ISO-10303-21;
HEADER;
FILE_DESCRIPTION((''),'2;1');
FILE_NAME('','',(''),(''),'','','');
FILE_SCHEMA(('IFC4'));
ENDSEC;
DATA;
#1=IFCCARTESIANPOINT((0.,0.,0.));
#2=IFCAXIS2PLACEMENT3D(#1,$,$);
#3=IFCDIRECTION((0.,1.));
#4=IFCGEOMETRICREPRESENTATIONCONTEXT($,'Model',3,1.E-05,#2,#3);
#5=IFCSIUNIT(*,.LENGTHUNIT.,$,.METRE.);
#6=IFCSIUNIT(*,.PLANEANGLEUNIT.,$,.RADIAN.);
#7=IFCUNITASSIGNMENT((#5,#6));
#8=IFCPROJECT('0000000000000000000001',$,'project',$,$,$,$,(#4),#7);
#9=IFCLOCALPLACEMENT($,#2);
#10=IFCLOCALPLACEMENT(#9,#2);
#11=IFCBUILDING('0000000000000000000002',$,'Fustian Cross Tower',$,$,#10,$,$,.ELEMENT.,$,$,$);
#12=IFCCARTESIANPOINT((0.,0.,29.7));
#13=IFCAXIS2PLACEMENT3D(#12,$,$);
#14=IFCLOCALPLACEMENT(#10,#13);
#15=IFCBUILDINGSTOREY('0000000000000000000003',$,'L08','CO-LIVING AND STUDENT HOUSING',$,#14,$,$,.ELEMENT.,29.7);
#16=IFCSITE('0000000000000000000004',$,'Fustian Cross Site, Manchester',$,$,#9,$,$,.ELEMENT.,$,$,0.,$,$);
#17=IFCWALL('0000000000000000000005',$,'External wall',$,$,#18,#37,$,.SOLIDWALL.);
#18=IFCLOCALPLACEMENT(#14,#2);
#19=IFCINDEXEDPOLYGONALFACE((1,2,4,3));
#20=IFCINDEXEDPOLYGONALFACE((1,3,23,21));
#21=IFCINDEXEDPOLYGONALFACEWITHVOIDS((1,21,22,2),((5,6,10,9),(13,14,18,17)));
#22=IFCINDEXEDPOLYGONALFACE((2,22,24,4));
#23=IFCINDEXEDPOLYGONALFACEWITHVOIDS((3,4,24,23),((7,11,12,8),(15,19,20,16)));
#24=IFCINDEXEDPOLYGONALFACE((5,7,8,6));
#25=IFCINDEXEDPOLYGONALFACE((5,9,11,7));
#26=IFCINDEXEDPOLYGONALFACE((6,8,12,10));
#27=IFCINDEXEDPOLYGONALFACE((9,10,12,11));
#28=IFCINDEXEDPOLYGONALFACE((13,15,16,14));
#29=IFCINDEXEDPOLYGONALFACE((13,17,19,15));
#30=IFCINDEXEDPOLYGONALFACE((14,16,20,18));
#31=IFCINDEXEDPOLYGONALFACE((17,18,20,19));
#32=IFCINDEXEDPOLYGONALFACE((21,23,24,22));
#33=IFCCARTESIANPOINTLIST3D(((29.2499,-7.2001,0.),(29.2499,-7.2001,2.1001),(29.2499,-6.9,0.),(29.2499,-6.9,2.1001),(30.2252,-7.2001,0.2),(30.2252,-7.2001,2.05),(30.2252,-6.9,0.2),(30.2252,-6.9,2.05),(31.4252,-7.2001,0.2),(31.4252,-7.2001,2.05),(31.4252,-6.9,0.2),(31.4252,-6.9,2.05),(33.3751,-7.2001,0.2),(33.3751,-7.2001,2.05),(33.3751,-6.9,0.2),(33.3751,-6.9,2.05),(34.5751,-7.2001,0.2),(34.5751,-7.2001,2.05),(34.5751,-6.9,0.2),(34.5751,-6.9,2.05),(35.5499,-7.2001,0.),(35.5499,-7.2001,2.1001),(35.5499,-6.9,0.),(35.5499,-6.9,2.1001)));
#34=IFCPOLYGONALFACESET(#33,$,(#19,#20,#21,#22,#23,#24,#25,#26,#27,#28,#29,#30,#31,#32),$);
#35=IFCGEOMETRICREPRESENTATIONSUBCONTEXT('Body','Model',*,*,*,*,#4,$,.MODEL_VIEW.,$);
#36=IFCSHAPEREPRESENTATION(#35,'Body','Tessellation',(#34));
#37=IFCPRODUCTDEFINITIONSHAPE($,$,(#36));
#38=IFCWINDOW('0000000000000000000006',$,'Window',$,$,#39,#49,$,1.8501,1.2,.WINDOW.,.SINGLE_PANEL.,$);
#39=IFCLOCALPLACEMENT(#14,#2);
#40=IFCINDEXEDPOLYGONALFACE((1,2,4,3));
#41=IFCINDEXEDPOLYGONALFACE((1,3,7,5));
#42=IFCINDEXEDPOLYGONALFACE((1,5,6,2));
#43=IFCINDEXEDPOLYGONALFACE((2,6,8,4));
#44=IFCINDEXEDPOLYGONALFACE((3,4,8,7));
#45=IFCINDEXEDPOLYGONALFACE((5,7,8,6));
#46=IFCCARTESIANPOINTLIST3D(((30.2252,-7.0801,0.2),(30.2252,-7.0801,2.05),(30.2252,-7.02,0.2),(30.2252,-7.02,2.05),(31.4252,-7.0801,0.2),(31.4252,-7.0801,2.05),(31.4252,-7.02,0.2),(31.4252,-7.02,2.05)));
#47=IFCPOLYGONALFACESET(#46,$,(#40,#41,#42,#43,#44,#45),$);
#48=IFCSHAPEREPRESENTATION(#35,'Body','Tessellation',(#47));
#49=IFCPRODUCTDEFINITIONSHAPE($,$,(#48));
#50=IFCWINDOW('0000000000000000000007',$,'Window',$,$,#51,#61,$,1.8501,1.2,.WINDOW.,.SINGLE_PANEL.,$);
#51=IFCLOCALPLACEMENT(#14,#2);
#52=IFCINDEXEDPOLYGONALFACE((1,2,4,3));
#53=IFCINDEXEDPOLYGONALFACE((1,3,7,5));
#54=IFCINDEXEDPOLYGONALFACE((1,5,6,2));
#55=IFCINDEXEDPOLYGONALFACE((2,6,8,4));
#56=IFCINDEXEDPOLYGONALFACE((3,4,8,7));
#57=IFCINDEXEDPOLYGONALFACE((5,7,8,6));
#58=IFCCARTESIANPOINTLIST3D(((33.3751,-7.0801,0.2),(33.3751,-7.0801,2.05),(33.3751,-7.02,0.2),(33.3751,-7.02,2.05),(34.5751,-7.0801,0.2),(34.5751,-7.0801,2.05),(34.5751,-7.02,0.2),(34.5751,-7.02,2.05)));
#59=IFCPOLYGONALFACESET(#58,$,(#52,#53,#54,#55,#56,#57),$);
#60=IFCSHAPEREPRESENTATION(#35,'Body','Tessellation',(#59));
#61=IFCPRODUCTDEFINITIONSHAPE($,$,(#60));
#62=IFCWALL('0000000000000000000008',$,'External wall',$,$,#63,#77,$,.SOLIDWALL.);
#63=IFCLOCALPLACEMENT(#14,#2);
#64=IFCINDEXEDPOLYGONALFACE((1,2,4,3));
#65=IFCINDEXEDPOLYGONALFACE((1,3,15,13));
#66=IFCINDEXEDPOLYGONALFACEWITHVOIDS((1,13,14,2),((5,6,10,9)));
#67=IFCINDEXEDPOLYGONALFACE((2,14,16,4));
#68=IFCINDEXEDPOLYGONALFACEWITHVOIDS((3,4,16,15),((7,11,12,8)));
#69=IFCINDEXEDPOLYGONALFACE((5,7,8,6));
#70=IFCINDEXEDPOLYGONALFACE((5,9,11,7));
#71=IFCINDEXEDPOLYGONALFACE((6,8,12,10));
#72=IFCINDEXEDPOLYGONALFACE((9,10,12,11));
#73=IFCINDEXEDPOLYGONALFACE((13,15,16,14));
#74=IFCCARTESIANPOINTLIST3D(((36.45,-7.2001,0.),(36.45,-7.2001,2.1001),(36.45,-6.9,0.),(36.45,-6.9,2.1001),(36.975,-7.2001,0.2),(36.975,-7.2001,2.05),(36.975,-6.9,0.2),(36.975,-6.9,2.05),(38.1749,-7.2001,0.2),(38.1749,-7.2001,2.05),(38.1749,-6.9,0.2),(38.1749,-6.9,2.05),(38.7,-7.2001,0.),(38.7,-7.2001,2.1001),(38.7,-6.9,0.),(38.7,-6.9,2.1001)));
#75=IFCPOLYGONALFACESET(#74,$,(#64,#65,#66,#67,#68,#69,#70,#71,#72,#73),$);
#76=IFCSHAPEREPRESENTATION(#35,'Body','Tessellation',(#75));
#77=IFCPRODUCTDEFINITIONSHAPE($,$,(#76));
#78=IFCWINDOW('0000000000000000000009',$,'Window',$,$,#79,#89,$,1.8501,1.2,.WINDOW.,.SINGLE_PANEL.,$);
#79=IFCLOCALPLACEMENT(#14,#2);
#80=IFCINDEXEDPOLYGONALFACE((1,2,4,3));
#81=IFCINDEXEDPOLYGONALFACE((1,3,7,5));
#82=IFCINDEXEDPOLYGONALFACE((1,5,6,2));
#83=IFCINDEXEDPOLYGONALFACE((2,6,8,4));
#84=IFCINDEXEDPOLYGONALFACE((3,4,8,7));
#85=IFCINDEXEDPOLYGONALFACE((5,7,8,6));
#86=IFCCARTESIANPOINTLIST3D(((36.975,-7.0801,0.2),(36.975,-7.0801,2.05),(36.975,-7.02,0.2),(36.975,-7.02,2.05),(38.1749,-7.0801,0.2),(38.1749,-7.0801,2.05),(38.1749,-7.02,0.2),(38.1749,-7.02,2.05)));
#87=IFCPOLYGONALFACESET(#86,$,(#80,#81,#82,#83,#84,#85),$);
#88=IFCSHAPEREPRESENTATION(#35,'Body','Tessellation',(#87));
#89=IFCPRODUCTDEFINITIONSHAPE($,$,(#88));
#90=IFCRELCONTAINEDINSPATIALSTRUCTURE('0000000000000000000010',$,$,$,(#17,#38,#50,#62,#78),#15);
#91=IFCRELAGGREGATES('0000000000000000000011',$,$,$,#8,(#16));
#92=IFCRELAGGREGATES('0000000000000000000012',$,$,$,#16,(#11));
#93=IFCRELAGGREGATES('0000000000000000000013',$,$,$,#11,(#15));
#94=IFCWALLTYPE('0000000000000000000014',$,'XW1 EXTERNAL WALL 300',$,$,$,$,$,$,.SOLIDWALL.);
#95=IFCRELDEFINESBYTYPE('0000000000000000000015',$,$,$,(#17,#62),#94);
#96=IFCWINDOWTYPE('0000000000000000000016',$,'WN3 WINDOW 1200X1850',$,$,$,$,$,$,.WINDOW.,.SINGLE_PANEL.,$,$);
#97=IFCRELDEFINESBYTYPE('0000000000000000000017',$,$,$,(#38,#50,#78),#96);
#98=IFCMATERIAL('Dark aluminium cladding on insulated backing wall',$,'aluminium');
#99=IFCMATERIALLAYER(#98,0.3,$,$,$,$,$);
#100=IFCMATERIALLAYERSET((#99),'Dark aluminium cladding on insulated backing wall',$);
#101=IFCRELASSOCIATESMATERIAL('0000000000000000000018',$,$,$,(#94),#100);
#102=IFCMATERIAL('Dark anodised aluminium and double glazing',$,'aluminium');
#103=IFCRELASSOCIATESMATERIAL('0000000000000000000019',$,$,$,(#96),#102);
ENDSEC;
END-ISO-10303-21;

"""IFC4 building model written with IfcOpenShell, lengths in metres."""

from ifc_helpers import new_model, si_unit, direction, frame, frame_2d, origin, place, context, subcontext, project, spatial, rectangle, extrude, material, layer, layer_set, type_object, element, fill, save


model = new_model("IFC4")

# Units and contexts
model_context = context("Model", 3, precision=1e-05, world=origin(), true_north=direction((0.0, 1.0)))
body_context = subcontext(model_context, "Body", "Model", "MODEL_VIEW")
ifc_project = project(units=[si_unit("LENGTHUNIT", "METRE"), si_unit("PLANEANGLEUNIT", "RADIAN")], contexts=[model_context])

# Site, building, storey
site_placement = place(None, origin())
site = spatial("IfcSite", under=ifc_project, at=site_placement, Name="Fustian Cross Site, Manchester", CompositionType="ELEMENT", RefElevation=0.0)
building_placement = place(site_placement, origin())
building = spatial("IfcBuilding", under=site, at=building_placement, Name="Fustian Cross Tower", CompositionType="ELEMENT")
storey_placement = place(building_placement, frame((0.0, 0.0, 29.7)))
storey = spatial("IfcBuildingStorey", under=building, at=storey_placement, Name="L08", Description="CO-LIVING AND STUDENT HOUSING", CompositionType="ELEMENT", Elevation=29.7)

# Shared definitions
ifc_material_1 = material(Name="Dark aluminium cladding on insulated backing wall", Category="aluminium")
ifc_layer_1 = layer(ifc_material_1, 0.3)
ifc_layer_set_1 = layer_set([ifc_layer_1], Name="Dark aluminium cladding on insulated backing wall")
wall_type_1 = type_object("IfcWallType", Name="XW1 EXTERNAL WALL 300", PredefinedType="SOLIDWALL", material=ifc_layer_set_1)
ifc_material_2 = material(Name="Dark anodised aluminium and double glazing", Category="aluminium")
window_type = type_object("IfcWindowType", Name="WN3 WINDOW 1200X1850", PartitioningType="SINGLE_PANEL", PredefinedType="WINDOW", material=ifc_material_2)

# Wall, openings, windows
wall_1_placement = place(storey_placement, frame((29.25, -7.05, 0.0), z_axis=(0.0, 0.0, 1.0), x_axis=(1.0, 0.0, 0.0)))
wall_1 = element("IfcWall", 1, at=wall_1_placement, inside=storey, type_object=wall_type_1, Name="External wall", PredefinedType="SOLIDWALL", context=body_context, shape_type="SweptSolid", body=[
    extrude(rectangle(XDim=6.3, YDim=0.3, at=frame_2d((3.1499, 0.0))), origin(), (0.0, 0.0, 1.0), 2.1001),
])
opening_1_placement = place(wall_1_placement, frame((0.9751, 0.0, 0.2)))
opening_1 = element("IfcOpeningElement", 2, at=opening_1_placement, cuts=wall_1, PredefinedType="OPENING", context=body_context, shape_type="SweptSolid", body=[
    extrude(rectangle(XDim=1.2, YDim=1.8501, at=frame_2d((0.6001, 0.925))), frame((0.0, 0.1599, 0.0), z_axis=(0.0, -1.0, 0.0), x_axis=(1.0, 0.0, 0.0)), (0.0, 0.0, 1.0), 0.3201),
])
opening_2_placement = place(wall_1_placement, frame((4.125, 0.0, 0.2)))
opening_2 = element("IfcOpeningElement", 3, at=opening_2_placement, cuts=wall_1, PredefinedType="OPENING", context=body_context, shape_type="SweptSolid", body=[
    extrude(rectangle(XDim=1.2, YDim=1.8501, at=frame_2d((0.6001, 0.925))), frame((0.0, 0.1599, 0.0), z_axis=(0.0, -1.0, 0.0), x_axis=(1.0, 0.0, 0.0)), (0.0, 0.0, 1.0), 0.3201),
])
window_1_placement = place(opening_1_placement, origin())
window_1 = element("IfcWindow", 4, at=window_1_placement, inside=storey, type_object=window_type, Name="Window", OverallHeight=1.8501, OverallWidth=1.2, PartitioningType="SINGLE_PANEL", PredefinedType="WINDOW", context=body_context, shape_type="SweptSolid", body=[
    extrude(rectangle(XDim=1.2, YDim=1.8501, at=frame_2d((0.6001, 0.925))), frame((0.0, 0.03, 0.0), z_axis=(0.0, -1.0, 0.0), x_axis=(1.0, 0.0, 0.0)), (0.0, 0.0, 1.0), 0.0601),
])
fill(opening_1, window_1)
window_2_placement = place(opening_2_placement, origin())
window_2 = element("IfcWindow", 5, at=window_2_placement, inside=storey, type_object=window_type, Name="Window", OverallHeight=1.8501, OverallWidth=1.2, PartitioningType="SINGLE_PANEL", PredefinedType="WINDOW", context=body_context, shape_type="SweptSolid", body=[
    extrude(rectangle(XDim=1.2, YDim=1.8501, at=frame_2d((0.6001, 0.925))), frame((0.0, 0.03, 0.0), z_axis=(0.0, -1.0, 0.0), x_axis=(1.0, 0.0, 0.0)), (0.0, 0.0, 1.0), 0.0601),
])
fill(opening_2, window_2)

# Wall, opening, window
wall_2_placement = place(storey_placement, frame((36.45, -7.05, 0.0), z_axis=(0.0, 0.0, 1.0), x_axis=(1.0, 0.0, 0.0)))
wall_2 = element("IfcWall", 6, at=wall_2_placement, inside=storey, type_object=wall_type_1, Name="External wall", PredefinedType="SOLIDWALL", context=body_context, shape_type="SweptSolid", body=[
    extrude(rectangle(XDim=2.25, YDim=0.3, at=frame_2d((1.125, 0.0))), origin(), (0.0, 0.0, 1.0), 2.1001),
])
opening_3_placement = place(wall_2_placement, frame((0.5249, 0.0, 0.2)))
opening_3 = element("IfcOpeningElement", 7, at=opening_3_placement, cuts=wall_2, PredefinedType="OPENING", context=body_context, shape_type="SweptSolid", body=[
    extrude(rectangle(XDim=1.2, YDim=1.8501, at=frame_2d((0.6001, 0.925))), frame((0.0, 0.1599, 0.0), z_axis=(0.0, -1.0, 0.0), x_axis=(1.0, 0.0, 0.0)), (0.0, 0.0, 1.0), 0.3201),
])
window_3_placement = place(opening_3_placement, origin())
window_3 = element("IfcWindow", 8, at=window_3_placement, inside=storey, type_object=window_type, Name="Window", OverallHeight=1.8501, OverallWidth=1.2, PartitioningType="SINGLE_PANEL", PredefinedType="WINDOW", context=body_context, shape_type="SweptSolid", body=[
    extrude(rectangle(XDim=1.2, YDim=1.8501, at=frame_2d((0.6001, 0.925))), frame((0.0, 0.03, 0.0), z_axis=(0.0, -1.0, 0.0), x_axis=(1.0, 0.0, 0.0)), (0.0, 0.0, 1.0), 0.0601),
])
fill(opening_3, window_3)

save(model, "model.ifc")
